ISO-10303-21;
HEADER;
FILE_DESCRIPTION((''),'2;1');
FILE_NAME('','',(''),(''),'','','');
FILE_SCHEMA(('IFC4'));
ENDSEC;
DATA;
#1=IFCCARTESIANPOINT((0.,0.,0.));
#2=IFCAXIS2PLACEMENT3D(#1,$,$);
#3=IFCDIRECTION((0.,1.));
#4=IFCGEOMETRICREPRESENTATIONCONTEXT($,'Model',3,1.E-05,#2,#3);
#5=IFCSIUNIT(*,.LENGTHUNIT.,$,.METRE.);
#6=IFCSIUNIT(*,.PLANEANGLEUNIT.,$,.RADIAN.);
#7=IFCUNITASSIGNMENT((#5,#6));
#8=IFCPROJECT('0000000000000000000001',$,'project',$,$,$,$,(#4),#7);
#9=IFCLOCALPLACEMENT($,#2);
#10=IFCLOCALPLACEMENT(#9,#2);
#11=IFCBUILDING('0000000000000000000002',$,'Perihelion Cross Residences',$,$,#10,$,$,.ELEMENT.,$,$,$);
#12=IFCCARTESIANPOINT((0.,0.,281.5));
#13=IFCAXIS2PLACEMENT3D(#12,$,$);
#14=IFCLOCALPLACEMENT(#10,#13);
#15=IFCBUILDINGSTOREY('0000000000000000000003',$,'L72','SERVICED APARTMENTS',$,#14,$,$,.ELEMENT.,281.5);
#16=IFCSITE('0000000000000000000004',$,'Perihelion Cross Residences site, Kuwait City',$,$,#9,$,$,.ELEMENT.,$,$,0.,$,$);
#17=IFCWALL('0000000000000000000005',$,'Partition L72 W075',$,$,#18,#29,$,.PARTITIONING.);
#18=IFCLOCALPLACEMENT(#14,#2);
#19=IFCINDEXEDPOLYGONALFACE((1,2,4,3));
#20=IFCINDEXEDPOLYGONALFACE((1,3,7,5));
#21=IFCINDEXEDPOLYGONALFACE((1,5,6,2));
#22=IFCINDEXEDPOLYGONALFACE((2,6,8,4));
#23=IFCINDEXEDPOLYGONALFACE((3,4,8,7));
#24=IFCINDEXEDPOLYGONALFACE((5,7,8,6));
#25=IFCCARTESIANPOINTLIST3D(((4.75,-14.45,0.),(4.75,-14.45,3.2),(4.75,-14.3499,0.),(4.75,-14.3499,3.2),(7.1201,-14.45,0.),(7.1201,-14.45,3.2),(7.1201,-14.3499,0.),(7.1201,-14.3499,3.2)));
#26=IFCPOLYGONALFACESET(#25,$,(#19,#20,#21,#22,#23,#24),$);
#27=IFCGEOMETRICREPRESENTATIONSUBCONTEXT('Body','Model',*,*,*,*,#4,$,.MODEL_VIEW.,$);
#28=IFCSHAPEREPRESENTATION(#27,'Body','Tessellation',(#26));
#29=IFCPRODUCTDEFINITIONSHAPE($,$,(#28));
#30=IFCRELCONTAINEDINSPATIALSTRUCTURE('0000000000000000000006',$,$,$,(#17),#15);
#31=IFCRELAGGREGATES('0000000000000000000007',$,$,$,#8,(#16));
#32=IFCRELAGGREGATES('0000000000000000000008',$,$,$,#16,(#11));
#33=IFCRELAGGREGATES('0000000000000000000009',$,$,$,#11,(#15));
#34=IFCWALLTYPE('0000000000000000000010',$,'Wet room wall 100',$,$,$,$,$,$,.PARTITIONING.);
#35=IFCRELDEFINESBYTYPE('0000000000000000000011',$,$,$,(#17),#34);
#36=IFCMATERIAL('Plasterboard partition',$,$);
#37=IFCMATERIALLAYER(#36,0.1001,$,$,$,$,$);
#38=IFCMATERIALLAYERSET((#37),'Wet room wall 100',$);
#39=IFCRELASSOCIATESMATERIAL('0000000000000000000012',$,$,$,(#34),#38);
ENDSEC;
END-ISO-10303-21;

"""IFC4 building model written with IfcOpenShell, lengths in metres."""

from ifc_helpers import new_model, si_unit, direction, frame, frame_2d, origin, place, context, subcontext, project, spatial, rectangle, extrude, material, layer, layer_set, type_object, element, save


model = new_model("IFC4")

# Units and contexts
model_context = context("Model", 3, precision=1e-05, world=origin(), true_north=direction((0.0, 1.0)))
body_context = subcontext(model_context, "Body", "Model", "MODEL_VIEW")
ifc_project = project(units=[si_unit("LENGTHUNIT", "METRE"), si_unit("PLANEANGLEUNIT", "RADIAN")], contexts=[model_context])

# Site, building, storey
site_placement = place(None, origin())
site = spatial("IfcSite", under=ifc_project, at=site_placement, Name="Perihelion Cross Residences site, Kuwait City", CompositionType="ELEMENT", RefElevation=0.0)
building_placement = place(site_placement, origin())
building = spatial("IfcBuilding", under=site, at=building_placement, Name="Perihelion Cross Residences", CompositionType="ELEMENT")
storey_placement = place(building_placement, frame((0.0, 0.0, 281.5)))
storey = spatial("IfcBuildingStorey", under=building, at=storey_placement, Name="L72", Description="SERVICED APARTMENTS", CompositionType="ELEMENT", Elevation=281.5)

# Shared definitions
ifc_material_1 = material(Name="Plasterboard partition")
ifc_layer_1 = layer(ifc_material_1, 0.1001)
ifc_layer_set_1 = layer_set([ifc_layer_1], Name="Wet room wall 100")
wall_type_1 = type_object("IfcWallType", Name="Wet room wall 100", PredefinedType="PARTITIONING", material=ifc_layer_set_1)

# Wall
wall_1_placement = place(storey_placement, frame((7.1201, -14.3999, 0.0), z_axis=(0.0, 0.0, 1.0), x_axis=(-1.0, 0.0, 0.0)))
element("IfcWall", 1, at=wall_1_placement, inside=storey, type_object=wall_type_1, Name="Partition L72 W075", PredefinedType="PARTITIONING", context=body_context, shape_type="SweptSolid", body=[
    extrude(rectangle(XDim=2.3701, YDim=0.1001, at=frame_2d((1.1851, 0.0))), origin(), (0.0, 0.0, 1.0), 3.2),
])

save(model, "model.ifc")
